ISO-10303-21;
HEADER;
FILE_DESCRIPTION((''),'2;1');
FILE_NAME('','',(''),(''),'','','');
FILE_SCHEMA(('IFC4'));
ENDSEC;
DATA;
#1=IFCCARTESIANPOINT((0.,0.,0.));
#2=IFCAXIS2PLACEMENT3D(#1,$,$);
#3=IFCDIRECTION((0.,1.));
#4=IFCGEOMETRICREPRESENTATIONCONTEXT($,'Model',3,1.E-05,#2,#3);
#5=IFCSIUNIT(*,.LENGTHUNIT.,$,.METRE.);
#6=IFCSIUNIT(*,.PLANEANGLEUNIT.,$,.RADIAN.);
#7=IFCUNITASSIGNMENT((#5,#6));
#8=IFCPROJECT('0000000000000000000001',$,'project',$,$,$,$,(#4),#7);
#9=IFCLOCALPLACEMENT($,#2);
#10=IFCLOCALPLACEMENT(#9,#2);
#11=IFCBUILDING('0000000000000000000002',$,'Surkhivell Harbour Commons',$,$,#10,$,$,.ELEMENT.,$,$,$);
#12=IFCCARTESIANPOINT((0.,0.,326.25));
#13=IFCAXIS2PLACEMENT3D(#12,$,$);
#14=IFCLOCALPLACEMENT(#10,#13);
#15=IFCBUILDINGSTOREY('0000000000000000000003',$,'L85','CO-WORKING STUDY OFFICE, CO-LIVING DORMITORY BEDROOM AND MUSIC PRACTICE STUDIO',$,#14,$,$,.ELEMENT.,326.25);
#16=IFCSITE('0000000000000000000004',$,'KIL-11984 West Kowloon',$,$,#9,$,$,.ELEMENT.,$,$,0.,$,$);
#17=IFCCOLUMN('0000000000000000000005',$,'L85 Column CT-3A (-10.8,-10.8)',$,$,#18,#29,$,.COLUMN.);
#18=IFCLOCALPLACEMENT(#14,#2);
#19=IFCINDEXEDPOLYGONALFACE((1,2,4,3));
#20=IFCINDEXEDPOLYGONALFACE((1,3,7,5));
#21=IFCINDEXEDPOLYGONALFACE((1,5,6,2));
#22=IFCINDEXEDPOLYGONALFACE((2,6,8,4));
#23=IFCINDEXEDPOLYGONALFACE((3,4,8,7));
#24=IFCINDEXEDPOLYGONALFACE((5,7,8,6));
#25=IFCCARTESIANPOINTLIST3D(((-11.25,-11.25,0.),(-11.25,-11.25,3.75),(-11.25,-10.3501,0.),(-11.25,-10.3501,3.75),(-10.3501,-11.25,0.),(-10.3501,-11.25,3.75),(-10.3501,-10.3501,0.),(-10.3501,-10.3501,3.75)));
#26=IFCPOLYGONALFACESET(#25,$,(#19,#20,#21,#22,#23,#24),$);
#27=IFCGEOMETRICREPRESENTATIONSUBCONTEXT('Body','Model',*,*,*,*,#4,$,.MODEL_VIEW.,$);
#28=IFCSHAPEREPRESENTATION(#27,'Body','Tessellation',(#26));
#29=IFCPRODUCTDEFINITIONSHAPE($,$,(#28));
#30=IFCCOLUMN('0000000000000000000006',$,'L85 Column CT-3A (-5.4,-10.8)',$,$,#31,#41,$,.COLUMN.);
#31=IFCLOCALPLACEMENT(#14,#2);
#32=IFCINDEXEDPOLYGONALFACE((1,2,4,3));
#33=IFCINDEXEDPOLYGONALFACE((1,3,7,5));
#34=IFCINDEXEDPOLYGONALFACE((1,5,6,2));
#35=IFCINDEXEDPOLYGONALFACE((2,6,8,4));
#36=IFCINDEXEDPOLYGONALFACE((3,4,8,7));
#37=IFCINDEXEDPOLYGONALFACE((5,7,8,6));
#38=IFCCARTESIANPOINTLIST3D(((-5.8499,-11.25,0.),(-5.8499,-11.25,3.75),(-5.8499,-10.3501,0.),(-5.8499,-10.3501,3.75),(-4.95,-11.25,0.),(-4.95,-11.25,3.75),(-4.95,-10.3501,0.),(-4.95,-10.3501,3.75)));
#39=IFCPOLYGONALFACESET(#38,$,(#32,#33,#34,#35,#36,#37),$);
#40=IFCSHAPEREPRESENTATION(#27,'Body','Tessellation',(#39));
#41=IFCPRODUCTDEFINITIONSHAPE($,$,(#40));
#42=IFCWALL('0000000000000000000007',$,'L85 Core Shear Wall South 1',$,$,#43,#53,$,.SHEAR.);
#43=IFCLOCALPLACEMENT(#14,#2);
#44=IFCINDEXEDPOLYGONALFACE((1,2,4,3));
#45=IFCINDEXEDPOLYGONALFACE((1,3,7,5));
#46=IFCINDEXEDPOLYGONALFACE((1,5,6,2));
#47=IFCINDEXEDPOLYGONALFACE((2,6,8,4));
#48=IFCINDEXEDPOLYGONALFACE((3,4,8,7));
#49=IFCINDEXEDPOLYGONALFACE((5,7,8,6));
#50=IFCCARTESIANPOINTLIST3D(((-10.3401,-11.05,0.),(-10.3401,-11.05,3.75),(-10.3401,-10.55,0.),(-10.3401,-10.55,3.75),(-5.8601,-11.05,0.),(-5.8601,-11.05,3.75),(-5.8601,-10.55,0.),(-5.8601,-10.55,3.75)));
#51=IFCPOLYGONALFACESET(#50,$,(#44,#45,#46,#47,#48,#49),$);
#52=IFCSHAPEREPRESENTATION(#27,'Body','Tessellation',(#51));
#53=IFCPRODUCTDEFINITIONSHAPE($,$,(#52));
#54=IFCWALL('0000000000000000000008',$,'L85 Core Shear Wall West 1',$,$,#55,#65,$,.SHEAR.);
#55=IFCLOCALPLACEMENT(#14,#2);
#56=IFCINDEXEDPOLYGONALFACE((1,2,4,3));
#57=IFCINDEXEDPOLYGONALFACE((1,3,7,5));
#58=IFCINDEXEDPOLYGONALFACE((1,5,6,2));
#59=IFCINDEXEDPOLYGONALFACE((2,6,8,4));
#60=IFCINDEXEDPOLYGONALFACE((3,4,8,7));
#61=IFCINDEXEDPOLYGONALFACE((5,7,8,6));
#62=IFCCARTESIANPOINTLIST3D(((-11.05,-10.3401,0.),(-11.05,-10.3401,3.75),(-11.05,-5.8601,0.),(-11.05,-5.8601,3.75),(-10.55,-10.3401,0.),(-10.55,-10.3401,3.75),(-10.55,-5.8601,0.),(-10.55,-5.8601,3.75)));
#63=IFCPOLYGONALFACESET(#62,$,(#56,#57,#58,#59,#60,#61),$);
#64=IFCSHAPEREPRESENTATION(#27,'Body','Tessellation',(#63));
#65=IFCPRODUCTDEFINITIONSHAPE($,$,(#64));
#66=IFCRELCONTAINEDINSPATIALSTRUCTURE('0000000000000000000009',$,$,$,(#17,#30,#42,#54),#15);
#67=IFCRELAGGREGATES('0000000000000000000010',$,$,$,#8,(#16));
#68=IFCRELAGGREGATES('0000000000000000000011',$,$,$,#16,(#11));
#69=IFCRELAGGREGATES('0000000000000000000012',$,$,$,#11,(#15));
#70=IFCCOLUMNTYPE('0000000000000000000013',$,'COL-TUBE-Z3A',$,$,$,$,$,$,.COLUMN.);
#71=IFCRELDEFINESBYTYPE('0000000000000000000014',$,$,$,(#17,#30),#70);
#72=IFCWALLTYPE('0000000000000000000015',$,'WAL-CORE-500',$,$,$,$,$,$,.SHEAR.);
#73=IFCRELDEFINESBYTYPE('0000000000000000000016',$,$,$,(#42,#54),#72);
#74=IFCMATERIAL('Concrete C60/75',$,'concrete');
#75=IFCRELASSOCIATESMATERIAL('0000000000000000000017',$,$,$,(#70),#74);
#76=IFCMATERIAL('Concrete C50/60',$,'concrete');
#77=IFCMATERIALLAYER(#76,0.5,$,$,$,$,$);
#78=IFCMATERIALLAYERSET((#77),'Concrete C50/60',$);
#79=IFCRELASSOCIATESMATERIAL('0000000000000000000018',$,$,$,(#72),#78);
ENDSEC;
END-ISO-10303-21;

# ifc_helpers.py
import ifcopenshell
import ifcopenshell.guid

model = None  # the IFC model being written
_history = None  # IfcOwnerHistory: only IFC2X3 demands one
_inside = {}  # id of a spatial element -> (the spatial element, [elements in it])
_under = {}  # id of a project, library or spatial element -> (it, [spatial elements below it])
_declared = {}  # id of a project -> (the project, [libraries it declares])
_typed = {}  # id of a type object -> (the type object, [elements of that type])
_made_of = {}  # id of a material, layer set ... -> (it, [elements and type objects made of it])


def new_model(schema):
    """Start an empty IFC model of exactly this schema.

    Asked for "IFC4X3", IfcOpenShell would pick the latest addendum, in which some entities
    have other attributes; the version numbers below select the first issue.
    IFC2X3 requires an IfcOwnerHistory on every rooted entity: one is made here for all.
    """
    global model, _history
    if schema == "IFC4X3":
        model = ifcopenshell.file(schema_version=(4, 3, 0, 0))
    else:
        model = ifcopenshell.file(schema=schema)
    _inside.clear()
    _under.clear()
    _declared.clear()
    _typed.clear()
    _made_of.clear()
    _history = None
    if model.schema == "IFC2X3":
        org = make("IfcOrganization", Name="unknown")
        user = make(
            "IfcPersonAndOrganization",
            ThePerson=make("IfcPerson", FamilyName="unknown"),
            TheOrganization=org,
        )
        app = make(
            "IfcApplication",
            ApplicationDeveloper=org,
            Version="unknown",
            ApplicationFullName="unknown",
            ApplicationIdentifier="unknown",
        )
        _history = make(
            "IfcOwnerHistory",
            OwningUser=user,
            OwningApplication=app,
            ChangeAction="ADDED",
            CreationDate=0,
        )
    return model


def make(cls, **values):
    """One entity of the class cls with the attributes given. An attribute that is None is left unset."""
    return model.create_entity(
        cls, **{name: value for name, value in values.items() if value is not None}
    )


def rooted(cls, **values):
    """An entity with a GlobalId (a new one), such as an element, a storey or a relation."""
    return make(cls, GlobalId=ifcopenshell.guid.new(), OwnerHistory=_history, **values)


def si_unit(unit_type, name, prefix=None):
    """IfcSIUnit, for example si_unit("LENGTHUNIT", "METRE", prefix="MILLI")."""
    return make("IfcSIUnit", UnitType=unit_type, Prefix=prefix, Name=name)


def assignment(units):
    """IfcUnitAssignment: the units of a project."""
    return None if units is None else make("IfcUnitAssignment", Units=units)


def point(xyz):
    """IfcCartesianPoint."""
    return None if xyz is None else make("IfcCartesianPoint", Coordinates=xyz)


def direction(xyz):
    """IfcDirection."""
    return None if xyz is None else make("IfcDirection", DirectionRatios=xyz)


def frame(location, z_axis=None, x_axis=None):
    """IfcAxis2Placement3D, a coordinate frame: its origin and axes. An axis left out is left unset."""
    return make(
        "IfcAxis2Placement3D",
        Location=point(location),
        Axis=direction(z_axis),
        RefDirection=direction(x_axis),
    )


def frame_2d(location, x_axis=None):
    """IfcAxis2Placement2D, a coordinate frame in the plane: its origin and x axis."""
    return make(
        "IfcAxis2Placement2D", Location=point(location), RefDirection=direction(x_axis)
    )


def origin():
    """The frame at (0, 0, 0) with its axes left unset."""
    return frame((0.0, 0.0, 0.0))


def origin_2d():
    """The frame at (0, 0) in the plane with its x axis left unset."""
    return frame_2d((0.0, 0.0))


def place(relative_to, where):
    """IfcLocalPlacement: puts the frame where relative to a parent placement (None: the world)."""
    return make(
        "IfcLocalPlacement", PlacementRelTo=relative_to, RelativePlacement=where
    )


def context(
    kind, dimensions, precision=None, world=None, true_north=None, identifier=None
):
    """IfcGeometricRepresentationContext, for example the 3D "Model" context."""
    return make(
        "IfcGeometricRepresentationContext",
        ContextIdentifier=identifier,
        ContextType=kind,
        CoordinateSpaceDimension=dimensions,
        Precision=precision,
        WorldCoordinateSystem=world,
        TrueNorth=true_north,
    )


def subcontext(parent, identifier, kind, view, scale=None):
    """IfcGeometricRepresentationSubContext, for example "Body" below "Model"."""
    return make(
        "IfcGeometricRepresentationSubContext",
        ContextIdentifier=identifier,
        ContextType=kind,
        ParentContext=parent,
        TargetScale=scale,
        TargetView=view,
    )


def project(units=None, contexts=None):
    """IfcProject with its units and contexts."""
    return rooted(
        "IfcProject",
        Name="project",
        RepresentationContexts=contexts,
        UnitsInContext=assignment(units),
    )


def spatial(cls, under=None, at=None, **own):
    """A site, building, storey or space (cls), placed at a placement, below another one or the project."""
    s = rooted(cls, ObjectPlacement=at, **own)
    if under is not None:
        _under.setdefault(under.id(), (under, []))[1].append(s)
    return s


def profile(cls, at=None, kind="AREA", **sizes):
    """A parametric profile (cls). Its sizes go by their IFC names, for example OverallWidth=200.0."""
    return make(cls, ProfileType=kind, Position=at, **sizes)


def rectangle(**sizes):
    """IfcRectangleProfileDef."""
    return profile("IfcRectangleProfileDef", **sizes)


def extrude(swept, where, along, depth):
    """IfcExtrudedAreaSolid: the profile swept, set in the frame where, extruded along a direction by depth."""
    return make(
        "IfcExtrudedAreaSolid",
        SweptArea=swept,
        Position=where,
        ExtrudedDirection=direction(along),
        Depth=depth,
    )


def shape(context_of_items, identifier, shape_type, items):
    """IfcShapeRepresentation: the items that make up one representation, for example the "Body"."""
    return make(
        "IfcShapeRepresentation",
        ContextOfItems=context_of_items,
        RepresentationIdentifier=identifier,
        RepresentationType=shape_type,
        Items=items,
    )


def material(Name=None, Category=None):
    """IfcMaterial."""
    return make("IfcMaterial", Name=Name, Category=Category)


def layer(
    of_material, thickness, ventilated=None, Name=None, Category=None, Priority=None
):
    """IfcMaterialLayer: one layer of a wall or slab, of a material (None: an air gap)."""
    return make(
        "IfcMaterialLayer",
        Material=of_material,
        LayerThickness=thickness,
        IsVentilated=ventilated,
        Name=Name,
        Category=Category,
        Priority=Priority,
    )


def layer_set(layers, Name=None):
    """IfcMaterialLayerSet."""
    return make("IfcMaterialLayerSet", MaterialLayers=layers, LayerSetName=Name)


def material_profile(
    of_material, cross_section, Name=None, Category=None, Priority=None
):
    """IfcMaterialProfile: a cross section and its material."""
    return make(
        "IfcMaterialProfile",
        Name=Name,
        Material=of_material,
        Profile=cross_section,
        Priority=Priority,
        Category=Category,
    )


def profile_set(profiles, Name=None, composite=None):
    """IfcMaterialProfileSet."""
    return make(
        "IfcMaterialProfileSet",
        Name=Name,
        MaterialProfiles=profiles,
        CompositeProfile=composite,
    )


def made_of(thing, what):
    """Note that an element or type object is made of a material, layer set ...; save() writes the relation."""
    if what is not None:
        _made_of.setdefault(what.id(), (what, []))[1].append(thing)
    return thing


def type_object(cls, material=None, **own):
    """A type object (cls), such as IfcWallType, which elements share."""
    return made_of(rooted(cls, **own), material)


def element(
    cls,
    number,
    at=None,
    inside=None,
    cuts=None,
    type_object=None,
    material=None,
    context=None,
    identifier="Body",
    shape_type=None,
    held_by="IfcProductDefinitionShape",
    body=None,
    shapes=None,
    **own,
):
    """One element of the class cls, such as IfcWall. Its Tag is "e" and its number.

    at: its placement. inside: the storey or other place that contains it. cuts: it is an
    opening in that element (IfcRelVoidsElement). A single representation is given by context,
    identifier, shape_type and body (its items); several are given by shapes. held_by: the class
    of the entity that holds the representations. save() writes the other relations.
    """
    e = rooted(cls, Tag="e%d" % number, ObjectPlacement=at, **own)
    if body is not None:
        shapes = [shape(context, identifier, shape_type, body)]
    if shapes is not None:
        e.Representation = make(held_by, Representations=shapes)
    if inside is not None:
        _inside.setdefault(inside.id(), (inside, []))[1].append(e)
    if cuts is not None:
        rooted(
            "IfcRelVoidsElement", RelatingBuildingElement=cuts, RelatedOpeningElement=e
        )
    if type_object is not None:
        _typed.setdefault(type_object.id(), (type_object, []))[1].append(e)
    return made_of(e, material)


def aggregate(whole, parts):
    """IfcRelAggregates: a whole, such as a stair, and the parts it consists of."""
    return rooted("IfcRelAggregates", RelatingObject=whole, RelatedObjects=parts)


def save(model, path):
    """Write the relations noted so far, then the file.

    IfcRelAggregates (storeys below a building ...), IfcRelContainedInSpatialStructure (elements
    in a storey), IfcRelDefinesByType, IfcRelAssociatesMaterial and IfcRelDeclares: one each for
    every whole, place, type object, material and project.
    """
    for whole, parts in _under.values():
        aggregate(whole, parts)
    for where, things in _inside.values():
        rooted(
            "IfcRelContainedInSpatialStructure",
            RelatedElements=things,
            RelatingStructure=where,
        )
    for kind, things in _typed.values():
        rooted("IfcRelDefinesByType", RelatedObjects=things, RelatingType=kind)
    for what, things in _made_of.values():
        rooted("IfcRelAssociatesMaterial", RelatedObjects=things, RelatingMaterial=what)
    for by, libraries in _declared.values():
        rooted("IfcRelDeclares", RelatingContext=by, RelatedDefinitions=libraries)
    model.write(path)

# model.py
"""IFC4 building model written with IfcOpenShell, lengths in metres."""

from ifc_helpers import new_model, si_unit, direction, frame, frame_2d, origin, origin_2d, place, context, subcontext, project, spatial, rectangle, extrude, material, layer, layer_set, material_profile, profile_set, type_object, element, save


model = new_model("IFC4")

# Units and contexts
model_context = context("Model", 3, precision=1e-05, world=origin(), true_north=direction((0.0, 1.0)))
body_context = subcontext(model_context, "Body", "Model", "MODEL_VIEW")
ifc_project = project(units=[si_unit("LENGTHUNIT", "METRE"), si_unit("PLANEANGLEUNIT", "RADIAN")], contexts=[model_context])

# Site, building, storey
site_placement = place(None, origin())
site = spatial("IfcSite", under=ifc_project, at=site_placement, Name="KIL-11984 West Kowloon", CompositionType="ELEMENT", RefElevation=0.0)
building_placement = place(site_placement, origin())
building = spatial("IfcBuilding", under=site, at=building_placement, Name="Surkhivell Harbour Commons", CompositionType="ELEMENT")
storey_placement = place(building_placement, frame((0.0, 0.0, 326.25)))
storey = spatial("IfcBuildingStorey", under=building, at=storey_placement, Name="L85", Description="CO-WORKING STUDY OFFICE, CO-LIVING DORMITORY BEDROOM AND MUSIC PRACTICE STUDIO", CompositionType="ELEMENT", Elevation=326.25)

# Columns
ifc_material_1 = material(Name="Concrete C60/75", Category="concrete")
ifc_material_profile = material_profile(ifc_material_1, rectangle(XDim=0.8999, YDim=0.8999, at=origin_2d()), Name="RC-COL-900x900")
ifc_profile_set = profile_set([ifc_material_profile], Name="Concrete C60/75")
column_type = type_object("IfcColumnType", Name="COL-TUBE-Z3A", PredefinedType="COLUMN", material=ifc_profile_set)
for number, where, z_axis, x_axis, name in (
    (1, (-10.8, -10.8, 0.0), (0.0, 0.0, 1.0), (1.0, 0.0, 0.0), "L85 Column CT-3A (-10.8,-10.8)"),
    (2, (-5.3999, -10.8, 0.0), (0.0, 0.0, 1.0), (1.0, 0.0, 0.0), "L85 Column CT-3A (-5.4,-10.8)"),
):
    element("IfcColumn", number, at=place(storey_placement, frame(where, z_axis=z_axis, x_axis=x_axis)), inside=storey, type_object=column_type, Name=name, PredefinedType="COLUMN", context=body_context, shape_type="SweptSolid", body=[
        extrude(rectangle(XDim=0.8999, YDim=0.8999, at=origin_2d()), origin(), (0.0, 0.0, 1.0), 3.75),
    ])

# Walls
ifc_material_2 = material(Name="Concrete C50/60", Category="concrete")
ifc_layer_1 = layer(ifc_material_2, 0.5)
ifc_layer_set_1 = layer_set([ifc_layer_1], Name="Concrete C50/60")
wall_type_1 = type_object("IfcWallType", Name="WAL-CORE-500", PredefinedType="SHEAR", material=ifc_layer_set_1)
for number, where, z_axis, x_axis, name in (
    (3, (-10.3401, -10.8, 0.0), (0.0, 0.0, 1.0), (1.0, 0.0, 0.0), "L85 Core Shear Wall South 1"),
    (4, (-10.8, -10.3401, 0.0), (0.0, 0.0, 1.0), (0.0, 1.0, 0.0), "L85 Core Shear Wall West 1"),
):
    element("IfcWall", number, at=place(storey_placement, frame(where, z_axis=z_axis, x_axis=x_axis)), inside=storey, type_object=wall_type_1, Name=name, PredefinedType="SHEAR", context=body_context, shape_type="SweptSolid", body=[
        extrude(rectangle(XDim=4.48, YDim=0.5, at=frame_2d((2.24, 0.0))), origin(), (0.0, 0.0, 1.0), 3.75),
    ])

save(model, "model.ifc")
